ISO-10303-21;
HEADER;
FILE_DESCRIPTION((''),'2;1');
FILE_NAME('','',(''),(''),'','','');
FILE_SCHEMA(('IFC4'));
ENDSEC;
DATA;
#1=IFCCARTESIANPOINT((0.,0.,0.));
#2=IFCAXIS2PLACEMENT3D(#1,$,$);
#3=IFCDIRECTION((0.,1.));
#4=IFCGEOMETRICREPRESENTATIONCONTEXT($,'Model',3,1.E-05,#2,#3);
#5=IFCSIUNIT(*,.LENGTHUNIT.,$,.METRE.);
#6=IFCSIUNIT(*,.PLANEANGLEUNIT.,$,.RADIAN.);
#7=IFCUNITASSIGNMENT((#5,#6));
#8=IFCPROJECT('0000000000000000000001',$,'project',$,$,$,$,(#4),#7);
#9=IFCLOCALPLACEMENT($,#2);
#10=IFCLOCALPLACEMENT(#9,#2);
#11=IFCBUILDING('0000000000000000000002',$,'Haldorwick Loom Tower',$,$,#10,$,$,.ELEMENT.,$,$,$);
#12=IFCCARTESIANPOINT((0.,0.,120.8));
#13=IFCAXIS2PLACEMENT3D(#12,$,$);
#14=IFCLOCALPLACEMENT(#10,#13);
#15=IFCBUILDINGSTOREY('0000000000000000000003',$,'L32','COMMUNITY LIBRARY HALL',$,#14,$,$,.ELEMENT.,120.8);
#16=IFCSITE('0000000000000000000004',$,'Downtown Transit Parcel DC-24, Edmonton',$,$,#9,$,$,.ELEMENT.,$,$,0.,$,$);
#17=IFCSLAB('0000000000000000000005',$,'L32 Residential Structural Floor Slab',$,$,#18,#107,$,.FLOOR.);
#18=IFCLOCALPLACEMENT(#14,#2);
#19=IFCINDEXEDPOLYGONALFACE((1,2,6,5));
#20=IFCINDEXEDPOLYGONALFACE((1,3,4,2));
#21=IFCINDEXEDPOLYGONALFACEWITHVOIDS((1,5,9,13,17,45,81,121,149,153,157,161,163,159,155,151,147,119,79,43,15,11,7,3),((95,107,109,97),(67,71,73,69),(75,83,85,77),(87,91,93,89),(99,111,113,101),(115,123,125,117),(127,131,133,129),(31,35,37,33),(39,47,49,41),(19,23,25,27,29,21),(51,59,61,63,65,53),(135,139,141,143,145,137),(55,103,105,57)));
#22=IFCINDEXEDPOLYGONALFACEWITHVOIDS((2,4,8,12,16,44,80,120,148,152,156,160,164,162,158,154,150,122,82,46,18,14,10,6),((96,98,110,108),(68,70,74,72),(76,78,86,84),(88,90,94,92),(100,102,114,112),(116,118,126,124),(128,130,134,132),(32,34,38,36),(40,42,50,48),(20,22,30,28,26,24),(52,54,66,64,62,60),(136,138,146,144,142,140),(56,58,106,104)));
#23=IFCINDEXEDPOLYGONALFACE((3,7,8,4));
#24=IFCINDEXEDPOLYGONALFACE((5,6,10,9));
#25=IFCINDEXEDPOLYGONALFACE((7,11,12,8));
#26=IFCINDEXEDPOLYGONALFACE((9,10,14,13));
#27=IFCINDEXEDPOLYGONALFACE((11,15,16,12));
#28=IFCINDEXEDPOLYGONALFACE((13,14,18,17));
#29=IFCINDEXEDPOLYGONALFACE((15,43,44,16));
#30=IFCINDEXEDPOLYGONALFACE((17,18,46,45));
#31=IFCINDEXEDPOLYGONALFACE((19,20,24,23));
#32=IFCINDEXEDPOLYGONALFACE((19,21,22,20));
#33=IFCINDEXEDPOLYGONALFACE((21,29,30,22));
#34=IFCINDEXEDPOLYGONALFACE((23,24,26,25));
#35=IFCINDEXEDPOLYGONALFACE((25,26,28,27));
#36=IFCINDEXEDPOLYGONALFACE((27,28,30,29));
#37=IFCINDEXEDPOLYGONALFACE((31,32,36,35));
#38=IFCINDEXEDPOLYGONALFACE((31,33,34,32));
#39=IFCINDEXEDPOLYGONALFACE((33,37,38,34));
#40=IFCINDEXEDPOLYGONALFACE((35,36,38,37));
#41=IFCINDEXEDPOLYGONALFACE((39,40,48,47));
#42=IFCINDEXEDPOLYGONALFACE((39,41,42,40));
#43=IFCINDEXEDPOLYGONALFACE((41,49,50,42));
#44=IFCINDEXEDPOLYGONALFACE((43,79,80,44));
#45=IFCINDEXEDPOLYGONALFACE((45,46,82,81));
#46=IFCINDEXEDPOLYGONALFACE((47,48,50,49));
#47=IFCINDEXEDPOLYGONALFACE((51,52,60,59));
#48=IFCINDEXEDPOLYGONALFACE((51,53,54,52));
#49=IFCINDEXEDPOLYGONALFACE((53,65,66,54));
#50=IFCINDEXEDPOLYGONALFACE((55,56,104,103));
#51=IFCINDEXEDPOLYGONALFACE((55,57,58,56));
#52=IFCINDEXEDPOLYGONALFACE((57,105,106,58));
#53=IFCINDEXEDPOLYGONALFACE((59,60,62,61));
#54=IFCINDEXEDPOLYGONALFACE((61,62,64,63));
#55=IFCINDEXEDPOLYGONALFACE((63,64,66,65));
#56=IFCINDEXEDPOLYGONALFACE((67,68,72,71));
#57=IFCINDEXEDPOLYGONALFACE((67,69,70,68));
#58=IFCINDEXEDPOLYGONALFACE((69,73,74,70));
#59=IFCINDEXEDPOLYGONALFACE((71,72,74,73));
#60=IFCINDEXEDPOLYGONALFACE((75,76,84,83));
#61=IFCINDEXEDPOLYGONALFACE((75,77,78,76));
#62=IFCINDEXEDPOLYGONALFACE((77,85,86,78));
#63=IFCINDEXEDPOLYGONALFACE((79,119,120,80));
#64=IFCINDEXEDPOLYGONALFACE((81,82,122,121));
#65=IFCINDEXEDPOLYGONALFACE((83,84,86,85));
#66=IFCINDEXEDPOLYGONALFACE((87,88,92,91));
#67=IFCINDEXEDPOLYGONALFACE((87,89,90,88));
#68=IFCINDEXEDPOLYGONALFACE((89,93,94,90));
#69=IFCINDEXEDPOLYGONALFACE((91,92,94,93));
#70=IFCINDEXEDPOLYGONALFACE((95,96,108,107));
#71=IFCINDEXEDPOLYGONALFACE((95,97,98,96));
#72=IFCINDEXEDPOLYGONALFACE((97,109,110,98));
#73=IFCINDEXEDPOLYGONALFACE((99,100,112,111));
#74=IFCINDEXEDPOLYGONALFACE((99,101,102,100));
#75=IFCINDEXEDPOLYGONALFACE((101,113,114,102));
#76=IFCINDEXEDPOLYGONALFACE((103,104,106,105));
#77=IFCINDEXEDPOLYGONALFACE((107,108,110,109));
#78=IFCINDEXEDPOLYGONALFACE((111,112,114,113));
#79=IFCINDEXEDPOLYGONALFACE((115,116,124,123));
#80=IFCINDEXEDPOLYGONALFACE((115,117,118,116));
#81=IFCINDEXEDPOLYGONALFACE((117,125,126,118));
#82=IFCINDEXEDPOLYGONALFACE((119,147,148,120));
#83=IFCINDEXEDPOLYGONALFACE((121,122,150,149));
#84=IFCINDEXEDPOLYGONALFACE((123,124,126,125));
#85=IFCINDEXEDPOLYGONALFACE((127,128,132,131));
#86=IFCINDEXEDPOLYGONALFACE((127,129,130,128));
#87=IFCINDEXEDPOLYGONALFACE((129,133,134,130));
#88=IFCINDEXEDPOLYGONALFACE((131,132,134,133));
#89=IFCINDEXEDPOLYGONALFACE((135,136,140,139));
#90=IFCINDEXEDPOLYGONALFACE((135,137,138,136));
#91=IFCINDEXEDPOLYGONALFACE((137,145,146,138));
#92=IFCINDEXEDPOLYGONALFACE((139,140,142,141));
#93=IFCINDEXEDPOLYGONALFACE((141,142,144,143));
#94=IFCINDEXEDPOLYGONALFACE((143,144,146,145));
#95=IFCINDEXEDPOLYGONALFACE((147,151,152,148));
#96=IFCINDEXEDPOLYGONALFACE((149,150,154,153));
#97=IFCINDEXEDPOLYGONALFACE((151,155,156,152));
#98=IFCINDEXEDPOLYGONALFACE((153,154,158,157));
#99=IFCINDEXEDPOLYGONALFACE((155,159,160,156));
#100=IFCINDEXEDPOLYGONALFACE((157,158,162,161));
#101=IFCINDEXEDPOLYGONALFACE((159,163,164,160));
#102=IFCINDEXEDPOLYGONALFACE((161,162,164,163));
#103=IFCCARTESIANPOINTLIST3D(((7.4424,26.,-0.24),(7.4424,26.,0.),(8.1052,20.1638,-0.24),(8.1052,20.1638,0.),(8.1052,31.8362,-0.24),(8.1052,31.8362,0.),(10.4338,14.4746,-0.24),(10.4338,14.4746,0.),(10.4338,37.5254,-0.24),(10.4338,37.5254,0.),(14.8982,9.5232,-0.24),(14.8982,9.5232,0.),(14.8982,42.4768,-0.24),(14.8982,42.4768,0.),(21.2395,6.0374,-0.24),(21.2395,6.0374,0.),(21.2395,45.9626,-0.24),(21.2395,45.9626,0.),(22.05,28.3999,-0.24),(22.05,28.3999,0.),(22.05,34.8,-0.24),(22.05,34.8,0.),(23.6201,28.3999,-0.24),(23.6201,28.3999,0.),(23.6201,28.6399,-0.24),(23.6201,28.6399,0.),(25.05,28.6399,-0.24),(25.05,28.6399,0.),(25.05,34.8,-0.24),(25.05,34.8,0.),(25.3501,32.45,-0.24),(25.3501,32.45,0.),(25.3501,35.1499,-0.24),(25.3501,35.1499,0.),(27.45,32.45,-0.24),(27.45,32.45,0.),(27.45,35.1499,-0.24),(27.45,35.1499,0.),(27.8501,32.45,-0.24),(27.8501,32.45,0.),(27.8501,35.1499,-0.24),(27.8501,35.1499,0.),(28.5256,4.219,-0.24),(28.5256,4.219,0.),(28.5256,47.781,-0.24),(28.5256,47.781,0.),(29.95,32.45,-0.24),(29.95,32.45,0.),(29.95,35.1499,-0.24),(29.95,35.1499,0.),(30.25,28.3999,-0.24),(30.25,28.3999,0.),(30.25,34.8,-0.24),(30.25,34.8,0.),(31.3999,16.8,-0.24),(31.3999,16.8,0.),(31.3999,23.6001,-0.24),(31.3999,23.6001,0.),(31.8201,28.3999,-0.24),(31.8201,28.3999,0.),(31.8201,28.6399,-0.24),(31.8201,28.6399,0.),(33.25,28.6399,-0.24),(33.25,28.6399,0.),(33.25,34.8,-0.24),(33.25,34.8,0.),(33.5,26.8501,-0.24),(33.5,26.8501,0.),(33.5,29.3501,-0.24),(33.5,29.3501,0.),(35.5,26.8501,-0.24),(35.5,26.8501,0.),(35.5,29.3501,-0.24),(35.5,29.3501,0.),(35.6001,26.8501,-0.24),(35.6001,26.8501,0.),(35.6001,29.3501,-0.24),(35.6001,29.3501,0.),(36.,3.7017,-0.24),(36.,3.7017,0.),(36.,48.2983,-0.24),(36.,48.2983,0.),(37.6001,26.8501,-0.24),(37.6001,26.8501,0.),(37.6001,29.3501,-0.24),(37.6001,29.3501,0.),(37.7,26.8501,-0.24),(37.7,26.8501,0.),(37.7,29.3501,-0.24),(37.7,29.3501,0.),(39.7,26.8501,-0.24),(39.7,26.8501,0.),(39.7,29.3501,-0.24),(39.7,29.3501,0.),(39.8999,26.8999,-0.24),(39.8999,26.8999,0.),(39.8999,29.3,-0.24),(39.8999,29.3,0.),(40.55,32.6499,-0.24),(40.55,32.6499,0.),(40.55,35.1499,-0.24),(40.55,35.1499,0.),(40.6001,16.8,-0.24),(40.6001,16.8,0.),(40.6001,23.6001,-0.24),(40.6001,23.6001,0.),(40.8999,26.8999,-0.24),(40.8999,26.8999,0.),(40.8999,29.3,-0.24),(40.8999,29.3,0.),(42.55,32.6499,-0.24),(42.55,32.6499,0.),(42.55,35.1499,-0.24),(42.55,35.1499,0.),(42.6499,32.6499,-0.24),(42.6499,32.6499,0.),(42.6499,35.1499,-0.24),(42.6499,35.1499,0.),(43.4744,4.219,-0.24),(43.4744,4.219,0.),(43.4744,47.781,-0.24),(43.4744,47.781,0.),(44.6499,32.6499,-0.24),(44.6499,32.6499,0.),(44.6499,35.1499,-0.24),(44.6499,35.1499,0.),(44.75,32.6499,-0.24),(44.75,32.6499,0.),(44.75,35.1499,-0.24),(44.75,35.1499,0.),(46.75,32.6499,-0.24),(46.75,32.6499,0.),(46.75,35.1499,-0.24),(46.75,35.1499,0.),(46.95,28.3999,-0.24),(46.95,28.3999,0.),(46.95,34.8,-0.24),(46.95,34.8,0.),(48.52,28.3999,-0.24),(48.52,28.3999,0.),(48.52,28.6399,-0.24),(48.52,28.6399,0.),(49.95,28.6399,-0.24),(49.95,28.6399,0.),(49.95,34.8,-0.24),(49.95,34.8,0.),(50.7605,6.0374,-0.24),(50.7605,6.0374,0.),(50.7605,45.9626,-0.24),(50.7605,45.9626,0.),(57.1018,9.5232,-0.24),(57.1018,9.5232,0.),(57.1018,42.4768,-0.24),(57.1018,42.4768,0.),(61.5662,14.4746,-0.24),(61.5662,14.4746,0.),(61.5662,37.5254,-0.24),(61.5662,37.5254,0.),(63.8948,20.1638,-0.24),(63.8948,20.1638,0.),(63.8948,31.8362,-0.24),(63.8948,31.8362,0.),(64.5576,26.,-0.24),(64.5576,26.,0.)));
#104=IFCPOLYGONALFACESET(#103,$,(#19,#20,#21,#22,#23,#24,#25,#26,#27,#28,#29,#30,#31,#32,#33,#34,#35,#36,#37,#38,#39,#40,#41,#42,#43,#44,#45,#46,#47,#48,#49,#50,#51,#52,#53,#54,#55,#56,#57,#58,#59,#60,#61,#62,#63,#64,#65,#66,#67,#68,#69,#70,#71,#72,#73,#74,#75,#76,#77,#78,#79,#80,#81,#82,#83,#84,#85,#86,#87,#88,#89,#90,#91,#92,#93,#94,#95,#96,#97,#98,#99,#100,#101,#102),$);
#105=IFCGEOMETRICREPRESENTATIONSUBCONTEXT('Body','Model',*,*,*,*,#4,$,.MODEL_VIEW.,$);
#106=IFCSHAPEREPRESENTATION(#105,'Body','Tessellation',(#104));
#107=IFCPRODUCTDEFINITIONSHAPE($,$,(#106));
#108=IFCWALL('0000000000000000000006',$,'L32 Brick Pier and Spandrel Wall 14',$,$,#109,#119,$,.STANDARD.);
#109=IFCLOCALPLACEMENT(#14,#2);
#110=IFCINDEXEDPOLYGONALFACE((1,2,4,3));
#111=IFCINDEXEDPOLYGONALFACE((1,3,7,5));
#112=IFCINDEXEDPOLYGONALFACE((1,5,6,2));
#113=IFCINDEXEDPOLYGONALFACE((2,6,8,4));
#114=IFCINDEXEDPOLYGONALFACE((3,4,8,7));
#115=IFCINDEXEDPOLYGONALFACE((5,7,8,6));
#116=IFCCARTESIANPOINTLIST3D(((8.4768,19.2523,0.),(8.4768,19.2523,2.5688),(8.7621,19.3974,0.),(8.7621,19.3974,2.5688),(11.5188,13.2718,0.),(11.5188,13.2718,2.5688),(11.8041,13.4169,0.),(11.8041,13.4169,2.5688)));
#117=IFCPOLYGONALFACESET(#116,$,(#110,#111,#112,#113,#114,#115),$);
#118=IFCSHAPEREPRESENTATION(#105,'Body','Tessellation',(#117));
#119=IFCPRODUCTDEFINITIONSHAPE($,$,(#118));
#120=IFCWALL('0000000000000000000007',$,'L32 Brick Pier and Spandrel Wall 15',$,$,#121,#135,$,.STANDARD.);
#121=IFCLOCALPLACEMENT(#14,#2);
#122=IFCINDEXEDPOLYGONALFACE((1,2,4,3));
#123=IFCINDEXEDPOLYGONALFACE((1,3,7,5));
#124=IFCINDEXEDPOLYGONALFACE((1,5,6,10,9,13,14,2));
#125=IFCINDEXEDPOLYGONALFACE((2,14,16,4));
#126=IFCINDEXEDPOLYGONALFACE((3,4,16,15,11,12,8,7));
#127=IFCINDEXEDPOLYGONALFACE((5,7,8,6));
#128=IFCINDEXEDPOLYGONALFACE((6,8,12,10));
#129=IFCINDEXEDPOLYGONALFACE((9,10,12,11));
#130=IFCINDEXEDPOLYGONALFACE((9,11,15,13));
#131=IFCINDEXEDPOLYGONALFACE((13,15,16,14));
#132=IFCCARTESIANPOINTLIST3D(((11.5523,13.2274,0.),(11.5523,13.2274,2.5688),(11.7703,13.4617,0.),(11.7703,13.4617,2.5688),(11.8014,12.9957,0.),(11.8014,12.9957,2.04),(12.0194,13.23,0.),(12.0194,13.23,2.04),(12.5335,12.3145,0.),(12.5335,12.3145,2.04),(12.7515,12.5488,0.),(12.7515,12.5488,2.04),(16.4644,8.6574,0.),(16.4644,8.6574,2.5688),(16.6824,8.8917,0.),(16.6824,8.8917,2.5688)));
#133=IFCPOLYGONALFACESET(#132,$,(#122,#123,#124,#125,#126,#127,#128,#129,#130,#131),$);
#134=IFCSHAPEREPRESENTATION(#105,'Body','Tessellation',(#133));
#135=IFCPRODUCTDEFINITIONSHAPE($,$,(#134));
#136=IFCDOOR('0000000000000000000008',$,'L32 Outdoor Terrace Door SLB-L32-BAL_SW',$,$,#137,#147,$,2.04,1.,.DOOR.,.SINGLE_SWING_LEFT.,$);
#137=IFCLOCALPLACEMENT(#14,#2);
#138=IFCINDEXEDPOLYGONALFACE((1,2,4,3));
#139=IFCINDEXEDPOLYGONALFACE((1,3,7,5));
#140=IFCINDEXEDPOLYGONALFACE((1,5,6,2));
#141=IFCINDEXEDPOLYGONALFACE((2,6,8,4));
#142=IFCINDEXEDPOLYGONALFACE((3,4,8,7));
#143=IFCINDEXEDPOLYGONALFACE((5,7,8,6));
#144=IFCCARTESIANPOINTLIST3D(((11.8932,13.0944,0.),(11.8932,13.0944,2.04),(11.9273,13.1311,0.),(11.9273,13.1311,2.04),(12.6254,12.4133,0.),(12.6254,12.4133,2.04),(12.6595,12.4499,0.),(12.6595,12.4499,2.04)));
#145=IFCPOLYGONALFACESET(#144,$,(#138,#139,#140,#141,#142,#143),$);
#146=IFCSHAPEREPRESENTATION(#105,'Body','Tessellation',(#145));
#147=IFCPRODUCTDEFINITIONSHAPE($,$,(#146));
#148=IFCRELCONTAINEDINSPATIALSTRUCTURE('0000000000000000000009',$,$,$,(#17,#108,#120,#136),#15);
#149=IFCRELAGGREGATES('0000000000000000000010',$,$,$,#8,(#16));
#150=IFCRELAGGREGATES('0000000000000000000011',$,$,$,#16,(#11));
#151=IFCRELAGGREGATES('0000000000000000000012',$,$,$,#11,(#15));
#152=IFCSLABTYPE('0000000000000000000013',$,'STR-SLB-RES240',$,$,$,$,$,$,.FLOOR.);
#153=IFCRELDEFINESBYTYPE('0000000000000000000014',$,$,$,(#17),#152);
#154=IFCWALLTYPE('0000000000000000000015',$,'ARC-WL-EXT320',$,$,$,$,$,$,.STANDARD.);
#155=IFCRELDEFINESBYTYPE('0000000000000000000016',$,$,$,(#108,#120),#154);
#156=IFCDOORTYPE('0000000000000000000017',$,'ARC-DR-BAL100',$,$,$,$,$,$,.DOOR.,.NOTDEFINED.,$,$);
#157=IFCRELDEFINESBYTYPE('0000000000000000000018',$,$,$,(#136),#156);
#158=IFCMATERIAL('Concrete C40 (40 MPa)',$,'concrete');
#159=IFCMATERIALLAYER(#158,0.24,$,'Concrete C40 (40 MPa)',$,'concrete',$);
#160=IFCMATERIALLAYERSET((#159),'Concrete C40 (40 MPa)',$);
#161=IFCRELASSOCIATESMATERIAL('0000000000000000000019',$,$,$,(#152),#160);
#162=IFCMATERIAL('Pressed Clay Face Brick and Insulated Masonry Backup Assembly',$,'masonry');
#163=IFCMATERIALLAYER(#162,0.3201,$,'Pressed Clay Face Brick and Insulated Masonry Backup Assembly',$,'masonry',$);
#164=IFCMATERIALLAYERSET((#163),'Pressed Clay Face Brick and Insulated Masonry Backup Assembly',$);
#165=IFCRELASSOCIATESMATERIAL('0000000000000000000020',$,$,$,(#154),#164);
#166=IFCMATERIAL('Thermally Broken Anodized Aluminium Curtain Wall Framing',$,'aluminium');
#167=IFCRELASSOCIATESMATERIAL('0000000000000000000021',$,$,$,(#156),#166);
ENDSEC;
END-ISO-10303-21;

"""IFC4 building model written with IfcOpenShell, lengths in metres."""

from ifc_helpers import new_model, si_unit, direction, frame, frame_2d, origin, place, context, subcontext, project, spatial, polyline, rectangle, outline, extrude, material, layer, layer_set, type_object, element, fill, save


model = new_model("IFC4")

# Units and contexts
model_context = context("Model", 3, precision=1e-05, world=origin(), true_north=direction((0.0, 1.0)))
body_context = subcontext(model_context, "Body", "Model", "MODEL_VIEW")
ifc_project = project(units=[si_unit("LENGTHUNIT", "METRE"), si_unit("PLANEANGLEUNIT", "RADIAN")], contexts=[model_context])

# Site, building, storey
site_placement = place(None, origin())
site = spatial("IfcSite", under=ifc_project, at=site_placement, Name="Downtown Transit Parcel DC-24, Edmonton", CompositionType="ELEMENT", RefElevation=0.0)
building_placement = place(site_placement, origin())
building = spatial("IfcBuilding", under=site, at=building_placement, Name="Haldorwick Loom Tower", CompositionType="ELEMENT")
storey_placement = place(building_placement, frame((0.0, 0.0, 120.8)))
storey = spatial("IfcBuildingStorey", under=building, at=storey_placement, Name="L32", Description="COMMUNITY LIBRARY HALL", CompositionType="ELEMENT", Elevation=120.8)

# Shared definitions
ifc_material_1 = material(Name="Concrete C40 (40 MPa)", Category="concrete")

# Slab
ifc_layer_1 = layer(ifc_material_1, 0.24, Name="Concrete C40 (40 MPa)", Category="concrete")
ifc_layer_set_1 = layer_set([ifc_layer_1], Name="Concrete C40 (40 MPa)")
slab_type_1 = type_object("IfcSlabType", Name="STR-SLB-RES240", PredefinedType="FLOOR", material=ifc_layer_set_1)
slab_1_placement = place(storey_placement, frame((0.0, 0.0, -0.24)))
element("IfcSlab", 1, at=slab_1_placement, inside=storey, type_object=slab_type_1, Name="L32 Residential Structural Floor Slab", PredefinedType="FLOOR", context=body_context, shape_type="SweptSolid", body=[
    extrude(outline(polyline([(57.1018, 9.5232), (61.5662, 14.4746), (63.8948, 20.1638), (64.5576, 26.0), (63.8948, 31.8362), (61.5662, 37.5254), (57.1018, 42.4768), (50.7605, 45.9626), (43.4744, 47.781), (36.0, 48.2983), (28.5256, 47.781), (21.2395, 45.9626), (14.8982, 42.4768), (10.4338, 37.5254), (8.1052, 31.8362), (7.4424, 26.0), (8.1052, 20.1638), (10.4338, 14.4746), (14.8982, 9.5232), (21.2395, 6.0374), (28.5256, 4.219), (36.0, 3.7017), (43.4744, 4.219), (50.7605, 6.0374), (57.1018, 9.5232)]), holes=[polyline([(31.3999, 16.8), (31.3999, 23.6001), (40.6001, 23.6001), (40.6001, 16.8), (31.3999, 16.8)]), polyline([(33.5, 26.8501), (33.5, 29.3501), (35.5, 29.3501), (35.5, 26.8501), (33.5, 26.8501)]), polyline([(35.6001, 26.8501), (35.6001, 29.3501), (37.6001, 29.3501), (37.6001, 26.8501), (35.6001, 26.8501)]), polyline([(23.6201, 28.3999), (22.05, 28.3999), (22.05, 34.8), (25.05, 34.8), (25.05, 28.6399), (23.6201, 28.6399), (23.6201, 28.3999)]), polyline([(30.25, 28.3999), (30.25, 34.8), (33.25, 34.8), (33.25, 28.6399), (31.8201, 28.6399), (31.8201, 28.3999), (30.25, 28.3999)]), polyline([(25.3501, 32.45), (25.3501, 35.1499), (27.45, 35.1499), (27.45, 32.45), (25.3501, 32.45)]), polyline([(29.95, 32.45), (27.8501, 32.45), (27.8501, 35.1499), (29.95, 35.1499), (29.95, 32.45)]), polyline([(37.7, 26.8501), (37.7, 29.3501), (39.7, 29.3501), (39.7, 26.8501), (37.7, 26.8501)]), polyline([(39.8999, 26.8999), (39.8999, 29.3), (40.8999, 29.3), (40.8999, 26.8999), (39.8999, 26.8999)]), polyline([(46.95, 28.3999), (46.95, 34.8), (49.95, 34.8), (49.95, 28.6399), (48.52, 28.6399), (48.52, 28.3999), (46.95, 28.3999)]), polyline([(40.55, 32.6499), (40.55, 35.1499), (42.55, 35.1499), (42.55, 32.6499), (40.55, 32.6499)]), polyline([(42.6499, 32.6499), (42.6499, 35.1499), (44.6499, 35.1499), (44.6499, 32.6499), (42.6499, 32.6499)]), polyline([(44.75, 32.6499), (44.75, 35.1499), (46.75, 35.1499), (46.75, 32.6499), (44.75, 32.6499)])]), origin(), (0.0, 0.0, 1.0), 0.24),
])

# Wall
ifc_material_2 = material(Name="Pressed Clay Face Brick and Insulated Masonry Backup Assembly", Category="masonry")
ifc_layer_2 = layer(ifc_material_2, 0.3201, Name="Pressed Clay Face Brick and Insulated Masonry Backup Assembly", Category="masonry")
ifc_layer_set_2 = layer_set([ifc_layer_2], Name="Pressed Clay Face Brick and Insulated Masonry Backup Assembly")
wall_type = type_object("IfcWallType", Name="ARC-WL-EXT320", PredefinedType="STANDARD", material=ifc_layer_set_2)
wall_1_placement = place(storey_placement, frame((8.6194, 19.325, 0.0), z_axis=(0.0, 0.0, 1.0), x_axis=(0.453374, -0.89132, 0.0)))
element("IfcWall", 2, at=wall_1_placement, inside=storey, type_object=wall_type, Name="L32 Brick Pier and Spandrel Wall 14", PredefinedType="STANDARD", context=body_context, shape_type="SweptSolid", body=[
    extrude(rectangle(XDim=6.7097, YDim=0.3201, at=frame_2d((3.355, 0.0))), origin(), (0.0, 0.0, 1.0), 2.5688),
])

# Wall, opening, door
wall_2_placement = place(storey_placement, frame((11.6614, 13.3445, 0.0), z_axis=(0.0, 0.0, 1.0), x_axis=(0.732137, -0.681157, 0.0)))
wall_2 = element("IfcWall", 3, at=wall_2_placement, inside=storey, type_object=wall_type, Name="L32 Brick Pier and Spandrel Wall 15", PredefinedType="STANDARD", context=body_context, shape_type="SweptSolid", body=[
    extrude(rectangle(XDim=6.7092, YDim=0.3201, at=frame_2d((3.3545, 0.0))), origin(), (0.0, 0.0, 1.0), 2.5688),
])
opening_1_placement = place(wall_2_placement, frame((0.3401, 0.0, 0.0)))
opening_1 = element("IfcOpeningElement", 4, at=opening_1_placement, cuts=wall_2, PredefinedType="OPENING", context=body_context, shape_type="SweptSolid", body=[
    extrude(rectangle(XDim=1.0, YDim=2.04, at=frame_2d((0.5, 1.02))), frame((0.0, 0.1699, 0.0), z_axis=(0.0, -1.0, 0.0), x_axis=(1.0, 0.0, 0.0)), (0.0, 0.0, 1.0), 0.3401),
])
ifc_material_3 = material(Name="Thermally Broken Anodized Aluminium Curtain Wall Framing", Category="aluminium")
door_type = type_object("IfcDoorType", Name="ARC-DR-BAL100", OperationType="NOTDEFINED", PredefinedType="DOOR", material=ifc_material_3)
door_placement = place(opening_1_placement, origin())
door = element("IfcDoor", 5, at=door_placement, inside=storey, type_object=door_type, Name="L32 Outdoor Terrace Door SLB-L32-BAL_SW", OperationType="SINGLE_SWING_LEFT", OverallHeight=2.04, OverallWidth=1.0, PredefinedType="DOOR", context=body_context, shape_type="SweptSolid", body=[
    extrude(rectangle(XDim=1.0, YDim=2.04, at=frame_2d((0.5, 1.02))), frame((0.0, 0.0249, 0.0), z_axis=(0.0, -1.0, 0.0), x_axis=(1.0, 0.0, 0.0)), (0.0, 0.0, 1.0), 0.05),
])
fill(opening_1, door)

save(model, "model.ifc")
